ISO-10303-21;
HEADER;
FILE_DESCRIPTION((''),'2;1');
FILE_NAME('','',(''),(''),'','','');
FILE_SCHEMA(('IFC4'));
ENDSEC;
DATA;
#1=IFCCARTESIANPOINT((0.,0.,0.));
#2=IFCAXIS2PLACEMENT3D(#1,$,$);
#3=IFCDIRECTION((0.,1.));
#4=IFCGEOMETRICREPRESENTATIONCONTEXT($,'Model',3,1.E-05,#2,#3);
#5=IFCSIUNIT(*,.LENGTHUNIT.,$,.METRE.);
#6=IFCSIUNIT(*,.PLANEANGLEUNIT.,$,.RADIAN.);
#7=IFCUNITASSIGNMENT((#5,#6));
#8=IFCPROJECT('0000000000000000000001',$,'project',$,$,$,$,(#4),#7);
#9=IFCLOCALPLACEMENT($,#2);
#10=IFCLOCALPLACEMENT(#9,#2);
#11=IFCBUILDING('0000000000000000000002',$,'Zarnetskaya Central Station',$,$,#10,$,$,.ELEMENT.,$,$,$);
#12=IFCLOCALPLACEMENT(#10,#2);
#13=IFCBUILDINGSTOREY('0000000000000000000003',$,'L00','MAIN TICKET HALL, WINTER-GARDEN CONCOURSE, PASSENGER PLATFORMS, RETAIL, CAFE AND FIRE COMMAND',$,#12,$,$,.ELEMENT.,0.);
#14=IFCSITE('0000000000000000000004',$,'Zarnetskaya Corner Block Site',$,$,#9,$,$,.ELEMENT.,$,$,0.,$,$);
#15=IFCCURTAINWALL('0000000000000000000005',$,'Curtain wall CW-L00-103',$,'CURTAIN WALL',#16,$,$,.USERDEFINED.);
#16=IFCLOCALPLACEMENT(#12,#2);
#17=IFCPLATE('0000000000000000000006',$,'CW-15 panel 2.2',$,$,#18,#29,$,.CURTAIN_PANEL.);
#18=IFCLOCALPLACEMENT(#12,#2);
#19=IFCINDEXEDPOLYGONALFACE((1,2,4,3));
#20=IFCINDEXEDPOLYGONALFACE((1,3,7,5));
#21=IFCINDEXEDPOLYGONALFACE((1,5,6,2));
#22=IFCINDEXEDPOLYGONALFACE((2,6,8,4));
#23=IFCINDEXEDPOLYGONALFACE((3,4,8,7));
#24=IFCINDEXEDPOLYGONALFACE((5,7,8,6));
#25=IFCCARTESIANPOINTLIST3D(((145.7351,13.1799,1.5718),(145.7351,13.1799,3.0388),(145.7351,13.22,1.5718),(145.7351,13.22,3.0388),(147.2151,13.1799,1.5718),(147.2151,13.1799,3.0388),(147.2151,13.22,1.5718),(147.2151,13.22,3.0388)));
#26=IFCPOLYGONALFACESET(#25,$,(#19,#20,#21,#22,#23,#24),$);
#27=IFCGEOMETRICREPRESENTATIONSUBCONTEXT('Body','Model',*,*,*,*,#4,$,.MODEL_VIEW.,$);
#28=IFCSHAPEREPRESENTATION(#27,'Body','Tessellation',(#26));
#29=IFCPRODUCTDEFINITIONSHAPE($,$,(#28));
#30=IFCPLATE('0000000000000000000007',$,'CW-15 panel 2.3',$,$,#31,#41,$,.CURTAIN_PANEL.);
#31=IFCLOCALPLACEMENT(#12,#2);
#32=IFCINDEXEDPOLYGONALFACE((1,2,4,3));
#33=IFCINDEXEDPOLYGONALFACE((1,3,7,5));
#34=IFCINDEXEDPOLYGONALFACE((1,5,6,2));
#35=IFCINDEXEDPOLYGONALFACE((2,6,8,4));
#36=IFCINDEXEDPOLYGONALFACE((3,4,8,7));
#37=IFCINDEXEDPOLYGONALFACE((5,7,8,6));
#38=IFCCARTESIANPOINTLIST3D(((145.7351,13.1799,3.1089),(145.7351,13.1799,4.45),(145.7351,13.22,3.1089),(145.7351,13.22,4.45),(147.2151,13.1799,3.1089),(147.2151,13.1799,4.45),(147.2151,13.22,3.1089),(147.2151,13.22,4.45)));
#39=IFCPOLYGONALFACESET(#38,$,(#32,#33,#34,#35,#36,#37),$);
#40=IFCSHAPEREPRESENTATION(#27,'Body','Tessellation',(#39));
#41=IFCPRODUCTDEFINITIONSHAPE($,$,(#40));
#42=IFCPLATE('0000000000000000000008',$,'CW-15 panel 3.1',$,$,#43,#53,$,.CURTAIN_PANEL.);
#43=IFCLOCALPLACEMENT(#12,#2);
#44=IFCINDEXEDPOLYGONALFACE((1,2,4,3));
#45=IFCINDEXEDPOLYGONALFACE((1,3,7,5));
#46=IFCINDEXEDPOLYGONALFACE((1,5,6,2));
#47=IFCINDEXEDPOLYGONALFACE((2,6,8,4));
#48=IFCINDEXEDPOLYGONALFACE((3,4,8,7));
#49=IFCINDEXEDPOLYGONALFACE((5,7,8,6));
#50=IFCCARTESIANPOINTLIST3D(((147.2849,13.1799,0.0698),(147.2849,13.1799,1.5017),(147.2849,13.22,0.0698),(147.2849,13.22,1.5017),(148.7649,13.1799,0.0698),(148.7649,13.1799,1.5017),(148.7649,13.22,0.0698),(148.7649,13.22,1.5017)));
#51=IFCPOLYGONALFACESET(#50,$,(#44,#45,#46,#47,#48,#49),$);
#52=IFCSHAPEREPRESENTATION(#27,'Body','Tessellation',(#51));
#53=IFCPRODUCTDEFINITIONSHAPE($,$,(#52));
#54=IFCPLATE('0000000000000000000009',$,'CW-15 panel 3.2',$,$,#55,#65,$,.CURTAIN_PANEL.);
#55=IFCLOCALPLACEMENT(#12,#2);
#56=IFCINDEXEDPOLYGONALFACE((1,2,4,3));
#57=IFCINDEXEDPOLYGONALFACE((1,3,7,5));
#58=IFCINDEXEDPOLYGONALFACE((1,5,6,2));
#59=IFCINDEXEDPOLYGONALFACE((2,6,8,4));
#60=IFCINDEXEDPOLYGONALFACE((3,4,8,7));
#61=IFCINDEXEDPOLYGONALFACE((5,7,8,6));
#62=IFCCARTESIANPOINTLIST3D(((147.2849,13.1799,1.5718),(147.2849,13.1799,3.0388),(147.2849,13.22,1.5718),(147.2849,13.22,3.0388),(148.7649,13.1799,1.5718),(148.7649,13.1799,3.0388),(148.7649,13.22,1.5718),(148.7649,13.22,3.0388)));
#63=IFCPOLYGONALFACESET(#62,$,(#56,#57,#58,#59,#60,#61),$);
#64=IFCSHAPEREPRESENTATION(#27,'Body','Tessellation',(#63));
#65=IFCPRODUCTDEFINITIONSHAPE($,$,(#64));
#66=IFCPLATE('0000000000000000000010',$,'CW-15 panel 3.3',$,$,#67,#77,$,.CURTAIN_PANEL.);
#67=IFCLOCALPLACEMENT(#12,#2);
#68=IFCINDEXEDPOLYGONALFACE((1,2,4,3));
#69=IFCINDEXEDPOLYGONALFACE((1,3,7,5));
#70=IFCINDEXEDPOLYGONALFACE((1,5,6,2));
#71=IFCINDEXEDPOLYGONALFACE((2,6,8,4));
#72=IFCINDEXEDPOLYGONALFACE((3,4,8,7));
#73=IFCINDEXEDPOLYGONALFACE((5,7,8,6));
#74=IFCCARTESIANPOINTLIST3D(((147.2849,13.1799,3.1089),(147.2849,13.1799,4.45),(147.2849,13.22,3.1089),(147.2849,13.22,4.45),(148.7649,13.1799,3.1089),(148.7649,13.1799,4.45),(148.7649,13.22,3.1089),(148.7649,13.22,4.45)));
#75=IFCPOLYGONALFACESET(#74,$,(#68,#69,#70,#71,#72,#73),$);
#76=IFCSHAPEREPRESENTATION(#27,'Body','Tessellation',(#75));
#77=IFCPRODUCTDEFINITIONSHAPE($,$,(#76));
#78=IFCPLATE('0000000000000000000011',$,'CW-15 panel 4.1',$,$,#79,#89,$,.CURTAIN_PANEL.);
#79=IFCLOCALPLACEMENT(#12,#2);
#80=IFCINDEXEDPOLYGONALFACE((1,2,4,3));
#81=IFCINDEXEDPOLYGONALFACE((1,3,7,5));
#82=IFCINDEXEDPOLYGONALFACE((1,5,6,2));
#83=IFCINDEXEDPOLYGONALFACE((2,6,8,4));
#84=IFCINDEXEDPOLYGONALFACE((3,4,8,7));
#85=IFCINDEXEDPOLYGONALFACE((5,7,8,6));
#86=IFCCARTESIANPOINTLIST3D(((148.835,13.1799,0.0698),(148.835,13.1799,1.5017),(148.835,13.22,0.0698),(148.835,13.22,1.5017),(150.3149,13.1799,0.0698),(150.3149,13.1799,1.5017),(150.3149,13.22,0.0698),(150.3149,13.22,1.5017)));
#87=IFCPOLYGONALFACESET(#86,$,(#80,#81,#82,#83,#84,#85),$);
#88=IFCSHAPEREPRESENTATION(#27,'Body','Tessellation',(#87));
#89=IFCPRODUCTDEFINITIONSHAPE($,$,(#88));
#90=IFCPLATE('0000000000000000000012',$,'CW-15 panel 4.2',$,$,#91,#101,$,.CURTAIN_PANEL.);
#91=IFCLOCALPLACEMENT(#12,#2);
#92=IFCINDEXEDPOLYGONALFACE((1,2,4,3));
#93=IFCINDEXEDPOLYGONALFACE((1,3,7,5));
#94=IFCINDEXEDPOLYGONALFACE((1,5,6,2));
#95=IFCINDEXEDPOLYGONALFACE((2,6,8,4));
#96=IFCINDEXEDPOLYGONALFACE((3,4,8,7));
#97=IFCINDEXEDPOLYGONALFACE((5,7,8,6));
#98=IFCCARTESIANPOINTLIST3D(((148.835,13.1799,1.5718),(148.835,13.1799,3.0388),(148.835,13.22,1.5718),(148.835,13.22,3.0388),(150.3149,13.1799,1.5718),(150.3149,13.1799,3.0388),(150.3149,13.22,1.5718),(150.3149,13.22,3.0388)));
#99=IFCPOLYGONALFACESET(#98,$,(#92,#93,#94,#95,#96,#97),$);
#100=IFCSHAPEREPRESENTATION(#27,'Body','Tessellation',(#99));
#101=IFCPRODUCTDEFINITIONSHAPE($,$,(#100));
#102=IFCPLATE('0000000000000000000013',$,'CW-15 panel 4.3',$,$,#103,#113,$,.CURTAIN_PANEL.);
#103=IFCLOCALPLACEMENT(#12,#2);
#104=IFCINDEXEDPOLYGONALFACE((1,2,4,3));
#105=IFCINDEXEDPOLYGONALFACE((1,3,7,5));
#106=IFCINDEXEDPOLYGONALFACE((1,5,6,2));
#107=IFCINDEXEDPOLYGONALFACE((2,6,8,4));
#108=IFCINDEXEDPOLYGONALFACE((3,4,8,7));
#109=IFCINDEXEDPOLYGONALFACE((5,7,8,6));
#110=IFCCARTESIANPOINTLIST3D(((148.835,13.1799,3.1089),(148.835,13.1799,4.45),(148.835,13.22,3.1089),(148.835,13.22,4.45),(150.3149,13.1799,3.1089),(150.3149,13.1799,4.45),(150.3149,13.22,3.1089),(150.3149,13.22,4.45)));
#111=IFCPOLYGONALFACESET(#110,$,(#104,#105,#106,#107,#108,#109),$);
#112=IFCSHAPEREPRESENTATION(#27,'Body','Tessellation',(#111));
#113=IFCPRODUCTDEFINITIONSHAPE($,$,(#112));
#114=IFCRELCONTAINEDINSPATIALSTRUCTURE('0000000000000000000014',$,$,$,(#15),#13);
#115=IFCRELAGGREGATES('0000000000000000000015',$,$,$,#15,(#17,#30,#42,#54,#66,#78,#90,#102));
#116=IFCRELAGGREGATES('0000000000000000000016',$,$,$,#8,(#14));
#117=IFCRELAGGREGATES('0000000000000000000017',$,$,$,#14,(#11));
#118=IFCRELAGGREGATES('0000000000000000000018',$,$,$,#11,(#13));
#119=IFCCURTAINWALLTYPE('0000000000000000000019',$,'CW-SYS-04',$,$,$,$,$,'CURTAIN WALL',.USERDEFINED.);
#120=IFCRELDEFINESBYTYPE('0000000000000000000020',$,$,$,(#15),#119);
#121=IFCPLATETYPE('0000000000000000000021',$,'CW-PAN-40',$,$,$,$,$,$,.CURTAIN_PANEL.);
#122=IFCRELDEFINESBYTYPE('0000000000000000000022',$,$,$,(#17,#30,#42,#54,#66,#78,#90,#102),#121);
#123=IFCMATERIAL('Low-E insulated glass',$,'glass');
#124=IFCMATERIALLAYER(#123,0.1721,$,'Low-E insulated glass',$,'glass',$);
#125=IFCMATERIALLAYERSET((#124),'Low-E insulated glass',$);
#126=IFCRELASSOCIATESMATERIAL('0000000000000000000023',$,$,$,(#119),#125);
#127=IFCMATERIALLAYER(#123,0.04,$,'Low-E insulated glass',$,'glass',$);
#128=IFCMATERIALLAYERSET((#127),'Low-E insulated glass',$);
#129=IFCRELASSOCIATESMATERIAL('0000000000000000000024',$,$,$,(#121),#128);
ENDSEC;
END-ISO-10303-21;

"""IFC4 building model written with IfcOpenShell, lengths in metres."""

from ifc_helpers import new_model, si_unit, direction, frame, origin, origin_2d, place, context, subcontext, project, spatial, rectangle, extrude, material, layer, layer_set, type_object, element, aggregate, save


model = new_model("IFC4")

# Units and contexts
model_context = context("Model", 3, precision=1e-05, world=origin(), true_north=direction((0.0, 1.0)))
body_context = subcontext(model_context, "Body", "Model", "MODEL_VIEW")
ifc_project = project(units=[si_unit("LENGTHUNIT", "METRE"), si_unit("PLANEANGLEUNIT", "RADIAN")], contexts=[model_context])

# Site, building, storey
site_placement = place(None, origin())
site = spatial("IfcSite", under=ifc_project, at=site_placement, Name="Zarnetskaya Corner Block Site", CompositionType="ELEMENT", RefElevation=0.0)
building_placement = place(site_placement, origin())
building = spatial("IfcBuilding", under=site, at=building_placement, Name="Zarnetskaya Central Station", CompositionType="ELEMENT")
storey_placement = place(building_placement, origin())
storey = spatial("IfcBuildingStorey", under=building, at=storey_placement, Name="L00", Description="MAIN TICKET HALL, WINTER-GARDEN CONCOURSE, PASSENGER PLATFORMS, RETAIL, CAFE AND FIRE COMMAND", CompositionType="ELEMENT", Elevation=0.0)

# Curtain wall, plates
ifc_material_1 = material(Name="Low-E insulated glass", Category="glass")
ifc_layer_1 = layer(ifc_material_1, 0.1721, Name="Low-E insulated glass", Category="glass")
ifc_layer_set_1 = layer_set([ifc_layer_1], Name="Low-E insulated glass")
curtain_wall_type = type_object("IfcCurtainWallType", Name="CW-SYS-04", ElementType="CURTAIN WALL", PredefinedType="USERDEFINED", material=ifc_layer_set_1)
curtain_wall_placement = place(storey_placement, origin())
curtain_wall = element("IfcCurtainWall", 1, at=curtain_wall_placement, inside=storey, type_object=curtain_wall_type, Name="Curtain wall CW-L00-103", ObjectType="CURTAIN WALL", PredefinedType="USERDEFINED")
ifc_layer_2 = layer(ifc_material_1, 0.04, Name="Low-E insulated glass", Category="glass")
ifc_layer_set_2 = layer_set([ifc_layer_2], Name="Low-E insulated glass")
plate_type = type_object("IfcPlateType", Name="CW-PAN-40", PredefinedType="CURTAIN_PANEL", material=ifc_layer_set_2)
plate_1_placement = place(storey_placement, frame((146.4751, 13.2, 1.5718), z_axis=(0.0, 0.0, 1.0), x_axis=(1.0, 0.0, 0.0)))
plate_1 = element("IfcPlate", 2, at=plate_1_placement, type_object=plate_type, Name="CW-15 panel 2.2", PredefinedType="CURTAIN_PANEL", context=body_context, shape_type="SweptSolid", body=[
    extrude(rectangle(XDim=1.48, YDim=0.04, at=origin_2d()), origin(), (0.0, 0.0, 1.0), 1.467),
])
plate_2_placement = place(storey_placement, frame((146.4751, 13.2, 3.1089), z_axis=(0.0, 0.0, 1.0), x_axis=(1.0, 0.0, 0.0)))
plate_2 = element("IfcPlate", 3, at=plate_2_placement, type_object=plate_type, Name="CW-15 panel 2.3", PredefinedType="CURTAIN_PANEL", context=body_context, shape_type="SweptSolid", body=[
    extrude(rectangle(XDim=1.48, YDim=0.04, at=origin_2d()), origin(), (0.0, 0.0, 1.0), 1.3411),
])
plate_3_placement = place(storey_placement, frame((148.0249, 13.2, 0.0698), z_axis=(0.0, 0.0, 1.0), x_axis=(1.0, 0.0, 0.0)))
plate_3 = element("IfcPlate", 4, at=plate_3_placement, type_object=plate_type, Name="CW-15 panel 3.1", PredefinedType="CURTAIN_PANEL", context=body_context, shape_type="SweptSolid", body=[
    extrude(rectangle(XDim=1.48, YDim=0.04, at=origin_2d()), origin(), (0.0, 0.0, 1.0), 1.4319),
])
plate_4_placement = place(storey_placement, frame((148.0249, 13.2, 1.5718), z_axis=(0.0, 0.0, 1.0), x_axis=(1.0, 0.0, 0.0)))
plate_4 = element("IfcPlate", 5, at=plate_4_placement, type_object=plate_type, Name="CW-15 panel 3.2", PredefinedType="CURTAIN_PANEL", context=body_context, shape_type="SweptSolid", body=[
    extrude(rectangle(XDim=1.48, YDim=0.04, at=origin_2d()), origin(), (0.0, 0.0, 1.0), 1.467),
])
plate_5_placement = place(storey_placement, frame((148.0249, 13.2, 3.1089), z_axis=(0.0, 0.0, 1.0), x_axis=(1.0, 0.0, 0.0)))
plate_5 = element("IfcPlate", 6, at=plate_5_placement, type_object=plate_type, Name="CW-15 panel 3.3", PredefinedType="CURTAIN_PANEL", context=body_context, shape_type="SweptSolid", body=[
    extrude(rectangle(XDim=1.48, YDim=0.04, at=origin_2d()), origin(), (0.0, 0.0, 1.0), 1.3411),
])
plate_6_placement = place(storey_placement, frame((149.575, 13.2, 0.0698), z_axis=(0.0, 0.0, 1.0), x_axis=(1.0, 0.0, 0.0)))
plate_6 = element("IfcPlate", 7, at=plate_6_placement, type_object=plate_type, Name="CW-15 panel 4.1", PredefinedType="CURTAIN_PANEL", context=body_context, shape_type="SweptSolid", body=[
    extrude(rectangle(XDim=1.48, YDim=0.04, at=origin_2d()), origin(), (0.0, 0.0, 1.0), 1.4319),
])
plate_7_placement = place(storey_placement, frame((149.575, 13.2, 1.5718), z_axis=(0.0, 0.0, 1.0), x_axis=(1.0, 0.0, 0.0)))
plate_7 = element("IfcPlate", 8, at=plate_7_placement, type_object=plate_type, Name="CW-15 panel 4.2", PredefinedType="CURTAIN_PANEL", context=body_context, shape_type="SweptSolid", body=[
    extrude(rectangle(XDim=1.48, YDim=0.04, at=origin_2d()), origin(), (0.0, 0.0, 1.0), 1.467),
])
plate_8_placement = place(storey_placement, frame((149.575, 13.2, 3.1089), z_axis=(0.0, 0.0, 1.0), x_axis=(1.0, 0.0, 0.0)))
plate_8 = element("IfcPlate", 9, at=plate_8_placement, type_object=plate_type, Name="CW-15 panel 4.3", PredefinedType="CURTAIN_PANEL", context=body_context, shape_type="SweptSolid", body=[
    extrude(rectangle(XDim=1.48, YDim=0.04, at=origin_2d()), origin(), (0.0, 0.0, 1.0), 1.3411),
])
aggregate(curtain_wall, [plate_1, plate_2, plate_3, plate_4, plate_5, plate_6, plate_7, plate_8])

save(model, "model.ifc")
